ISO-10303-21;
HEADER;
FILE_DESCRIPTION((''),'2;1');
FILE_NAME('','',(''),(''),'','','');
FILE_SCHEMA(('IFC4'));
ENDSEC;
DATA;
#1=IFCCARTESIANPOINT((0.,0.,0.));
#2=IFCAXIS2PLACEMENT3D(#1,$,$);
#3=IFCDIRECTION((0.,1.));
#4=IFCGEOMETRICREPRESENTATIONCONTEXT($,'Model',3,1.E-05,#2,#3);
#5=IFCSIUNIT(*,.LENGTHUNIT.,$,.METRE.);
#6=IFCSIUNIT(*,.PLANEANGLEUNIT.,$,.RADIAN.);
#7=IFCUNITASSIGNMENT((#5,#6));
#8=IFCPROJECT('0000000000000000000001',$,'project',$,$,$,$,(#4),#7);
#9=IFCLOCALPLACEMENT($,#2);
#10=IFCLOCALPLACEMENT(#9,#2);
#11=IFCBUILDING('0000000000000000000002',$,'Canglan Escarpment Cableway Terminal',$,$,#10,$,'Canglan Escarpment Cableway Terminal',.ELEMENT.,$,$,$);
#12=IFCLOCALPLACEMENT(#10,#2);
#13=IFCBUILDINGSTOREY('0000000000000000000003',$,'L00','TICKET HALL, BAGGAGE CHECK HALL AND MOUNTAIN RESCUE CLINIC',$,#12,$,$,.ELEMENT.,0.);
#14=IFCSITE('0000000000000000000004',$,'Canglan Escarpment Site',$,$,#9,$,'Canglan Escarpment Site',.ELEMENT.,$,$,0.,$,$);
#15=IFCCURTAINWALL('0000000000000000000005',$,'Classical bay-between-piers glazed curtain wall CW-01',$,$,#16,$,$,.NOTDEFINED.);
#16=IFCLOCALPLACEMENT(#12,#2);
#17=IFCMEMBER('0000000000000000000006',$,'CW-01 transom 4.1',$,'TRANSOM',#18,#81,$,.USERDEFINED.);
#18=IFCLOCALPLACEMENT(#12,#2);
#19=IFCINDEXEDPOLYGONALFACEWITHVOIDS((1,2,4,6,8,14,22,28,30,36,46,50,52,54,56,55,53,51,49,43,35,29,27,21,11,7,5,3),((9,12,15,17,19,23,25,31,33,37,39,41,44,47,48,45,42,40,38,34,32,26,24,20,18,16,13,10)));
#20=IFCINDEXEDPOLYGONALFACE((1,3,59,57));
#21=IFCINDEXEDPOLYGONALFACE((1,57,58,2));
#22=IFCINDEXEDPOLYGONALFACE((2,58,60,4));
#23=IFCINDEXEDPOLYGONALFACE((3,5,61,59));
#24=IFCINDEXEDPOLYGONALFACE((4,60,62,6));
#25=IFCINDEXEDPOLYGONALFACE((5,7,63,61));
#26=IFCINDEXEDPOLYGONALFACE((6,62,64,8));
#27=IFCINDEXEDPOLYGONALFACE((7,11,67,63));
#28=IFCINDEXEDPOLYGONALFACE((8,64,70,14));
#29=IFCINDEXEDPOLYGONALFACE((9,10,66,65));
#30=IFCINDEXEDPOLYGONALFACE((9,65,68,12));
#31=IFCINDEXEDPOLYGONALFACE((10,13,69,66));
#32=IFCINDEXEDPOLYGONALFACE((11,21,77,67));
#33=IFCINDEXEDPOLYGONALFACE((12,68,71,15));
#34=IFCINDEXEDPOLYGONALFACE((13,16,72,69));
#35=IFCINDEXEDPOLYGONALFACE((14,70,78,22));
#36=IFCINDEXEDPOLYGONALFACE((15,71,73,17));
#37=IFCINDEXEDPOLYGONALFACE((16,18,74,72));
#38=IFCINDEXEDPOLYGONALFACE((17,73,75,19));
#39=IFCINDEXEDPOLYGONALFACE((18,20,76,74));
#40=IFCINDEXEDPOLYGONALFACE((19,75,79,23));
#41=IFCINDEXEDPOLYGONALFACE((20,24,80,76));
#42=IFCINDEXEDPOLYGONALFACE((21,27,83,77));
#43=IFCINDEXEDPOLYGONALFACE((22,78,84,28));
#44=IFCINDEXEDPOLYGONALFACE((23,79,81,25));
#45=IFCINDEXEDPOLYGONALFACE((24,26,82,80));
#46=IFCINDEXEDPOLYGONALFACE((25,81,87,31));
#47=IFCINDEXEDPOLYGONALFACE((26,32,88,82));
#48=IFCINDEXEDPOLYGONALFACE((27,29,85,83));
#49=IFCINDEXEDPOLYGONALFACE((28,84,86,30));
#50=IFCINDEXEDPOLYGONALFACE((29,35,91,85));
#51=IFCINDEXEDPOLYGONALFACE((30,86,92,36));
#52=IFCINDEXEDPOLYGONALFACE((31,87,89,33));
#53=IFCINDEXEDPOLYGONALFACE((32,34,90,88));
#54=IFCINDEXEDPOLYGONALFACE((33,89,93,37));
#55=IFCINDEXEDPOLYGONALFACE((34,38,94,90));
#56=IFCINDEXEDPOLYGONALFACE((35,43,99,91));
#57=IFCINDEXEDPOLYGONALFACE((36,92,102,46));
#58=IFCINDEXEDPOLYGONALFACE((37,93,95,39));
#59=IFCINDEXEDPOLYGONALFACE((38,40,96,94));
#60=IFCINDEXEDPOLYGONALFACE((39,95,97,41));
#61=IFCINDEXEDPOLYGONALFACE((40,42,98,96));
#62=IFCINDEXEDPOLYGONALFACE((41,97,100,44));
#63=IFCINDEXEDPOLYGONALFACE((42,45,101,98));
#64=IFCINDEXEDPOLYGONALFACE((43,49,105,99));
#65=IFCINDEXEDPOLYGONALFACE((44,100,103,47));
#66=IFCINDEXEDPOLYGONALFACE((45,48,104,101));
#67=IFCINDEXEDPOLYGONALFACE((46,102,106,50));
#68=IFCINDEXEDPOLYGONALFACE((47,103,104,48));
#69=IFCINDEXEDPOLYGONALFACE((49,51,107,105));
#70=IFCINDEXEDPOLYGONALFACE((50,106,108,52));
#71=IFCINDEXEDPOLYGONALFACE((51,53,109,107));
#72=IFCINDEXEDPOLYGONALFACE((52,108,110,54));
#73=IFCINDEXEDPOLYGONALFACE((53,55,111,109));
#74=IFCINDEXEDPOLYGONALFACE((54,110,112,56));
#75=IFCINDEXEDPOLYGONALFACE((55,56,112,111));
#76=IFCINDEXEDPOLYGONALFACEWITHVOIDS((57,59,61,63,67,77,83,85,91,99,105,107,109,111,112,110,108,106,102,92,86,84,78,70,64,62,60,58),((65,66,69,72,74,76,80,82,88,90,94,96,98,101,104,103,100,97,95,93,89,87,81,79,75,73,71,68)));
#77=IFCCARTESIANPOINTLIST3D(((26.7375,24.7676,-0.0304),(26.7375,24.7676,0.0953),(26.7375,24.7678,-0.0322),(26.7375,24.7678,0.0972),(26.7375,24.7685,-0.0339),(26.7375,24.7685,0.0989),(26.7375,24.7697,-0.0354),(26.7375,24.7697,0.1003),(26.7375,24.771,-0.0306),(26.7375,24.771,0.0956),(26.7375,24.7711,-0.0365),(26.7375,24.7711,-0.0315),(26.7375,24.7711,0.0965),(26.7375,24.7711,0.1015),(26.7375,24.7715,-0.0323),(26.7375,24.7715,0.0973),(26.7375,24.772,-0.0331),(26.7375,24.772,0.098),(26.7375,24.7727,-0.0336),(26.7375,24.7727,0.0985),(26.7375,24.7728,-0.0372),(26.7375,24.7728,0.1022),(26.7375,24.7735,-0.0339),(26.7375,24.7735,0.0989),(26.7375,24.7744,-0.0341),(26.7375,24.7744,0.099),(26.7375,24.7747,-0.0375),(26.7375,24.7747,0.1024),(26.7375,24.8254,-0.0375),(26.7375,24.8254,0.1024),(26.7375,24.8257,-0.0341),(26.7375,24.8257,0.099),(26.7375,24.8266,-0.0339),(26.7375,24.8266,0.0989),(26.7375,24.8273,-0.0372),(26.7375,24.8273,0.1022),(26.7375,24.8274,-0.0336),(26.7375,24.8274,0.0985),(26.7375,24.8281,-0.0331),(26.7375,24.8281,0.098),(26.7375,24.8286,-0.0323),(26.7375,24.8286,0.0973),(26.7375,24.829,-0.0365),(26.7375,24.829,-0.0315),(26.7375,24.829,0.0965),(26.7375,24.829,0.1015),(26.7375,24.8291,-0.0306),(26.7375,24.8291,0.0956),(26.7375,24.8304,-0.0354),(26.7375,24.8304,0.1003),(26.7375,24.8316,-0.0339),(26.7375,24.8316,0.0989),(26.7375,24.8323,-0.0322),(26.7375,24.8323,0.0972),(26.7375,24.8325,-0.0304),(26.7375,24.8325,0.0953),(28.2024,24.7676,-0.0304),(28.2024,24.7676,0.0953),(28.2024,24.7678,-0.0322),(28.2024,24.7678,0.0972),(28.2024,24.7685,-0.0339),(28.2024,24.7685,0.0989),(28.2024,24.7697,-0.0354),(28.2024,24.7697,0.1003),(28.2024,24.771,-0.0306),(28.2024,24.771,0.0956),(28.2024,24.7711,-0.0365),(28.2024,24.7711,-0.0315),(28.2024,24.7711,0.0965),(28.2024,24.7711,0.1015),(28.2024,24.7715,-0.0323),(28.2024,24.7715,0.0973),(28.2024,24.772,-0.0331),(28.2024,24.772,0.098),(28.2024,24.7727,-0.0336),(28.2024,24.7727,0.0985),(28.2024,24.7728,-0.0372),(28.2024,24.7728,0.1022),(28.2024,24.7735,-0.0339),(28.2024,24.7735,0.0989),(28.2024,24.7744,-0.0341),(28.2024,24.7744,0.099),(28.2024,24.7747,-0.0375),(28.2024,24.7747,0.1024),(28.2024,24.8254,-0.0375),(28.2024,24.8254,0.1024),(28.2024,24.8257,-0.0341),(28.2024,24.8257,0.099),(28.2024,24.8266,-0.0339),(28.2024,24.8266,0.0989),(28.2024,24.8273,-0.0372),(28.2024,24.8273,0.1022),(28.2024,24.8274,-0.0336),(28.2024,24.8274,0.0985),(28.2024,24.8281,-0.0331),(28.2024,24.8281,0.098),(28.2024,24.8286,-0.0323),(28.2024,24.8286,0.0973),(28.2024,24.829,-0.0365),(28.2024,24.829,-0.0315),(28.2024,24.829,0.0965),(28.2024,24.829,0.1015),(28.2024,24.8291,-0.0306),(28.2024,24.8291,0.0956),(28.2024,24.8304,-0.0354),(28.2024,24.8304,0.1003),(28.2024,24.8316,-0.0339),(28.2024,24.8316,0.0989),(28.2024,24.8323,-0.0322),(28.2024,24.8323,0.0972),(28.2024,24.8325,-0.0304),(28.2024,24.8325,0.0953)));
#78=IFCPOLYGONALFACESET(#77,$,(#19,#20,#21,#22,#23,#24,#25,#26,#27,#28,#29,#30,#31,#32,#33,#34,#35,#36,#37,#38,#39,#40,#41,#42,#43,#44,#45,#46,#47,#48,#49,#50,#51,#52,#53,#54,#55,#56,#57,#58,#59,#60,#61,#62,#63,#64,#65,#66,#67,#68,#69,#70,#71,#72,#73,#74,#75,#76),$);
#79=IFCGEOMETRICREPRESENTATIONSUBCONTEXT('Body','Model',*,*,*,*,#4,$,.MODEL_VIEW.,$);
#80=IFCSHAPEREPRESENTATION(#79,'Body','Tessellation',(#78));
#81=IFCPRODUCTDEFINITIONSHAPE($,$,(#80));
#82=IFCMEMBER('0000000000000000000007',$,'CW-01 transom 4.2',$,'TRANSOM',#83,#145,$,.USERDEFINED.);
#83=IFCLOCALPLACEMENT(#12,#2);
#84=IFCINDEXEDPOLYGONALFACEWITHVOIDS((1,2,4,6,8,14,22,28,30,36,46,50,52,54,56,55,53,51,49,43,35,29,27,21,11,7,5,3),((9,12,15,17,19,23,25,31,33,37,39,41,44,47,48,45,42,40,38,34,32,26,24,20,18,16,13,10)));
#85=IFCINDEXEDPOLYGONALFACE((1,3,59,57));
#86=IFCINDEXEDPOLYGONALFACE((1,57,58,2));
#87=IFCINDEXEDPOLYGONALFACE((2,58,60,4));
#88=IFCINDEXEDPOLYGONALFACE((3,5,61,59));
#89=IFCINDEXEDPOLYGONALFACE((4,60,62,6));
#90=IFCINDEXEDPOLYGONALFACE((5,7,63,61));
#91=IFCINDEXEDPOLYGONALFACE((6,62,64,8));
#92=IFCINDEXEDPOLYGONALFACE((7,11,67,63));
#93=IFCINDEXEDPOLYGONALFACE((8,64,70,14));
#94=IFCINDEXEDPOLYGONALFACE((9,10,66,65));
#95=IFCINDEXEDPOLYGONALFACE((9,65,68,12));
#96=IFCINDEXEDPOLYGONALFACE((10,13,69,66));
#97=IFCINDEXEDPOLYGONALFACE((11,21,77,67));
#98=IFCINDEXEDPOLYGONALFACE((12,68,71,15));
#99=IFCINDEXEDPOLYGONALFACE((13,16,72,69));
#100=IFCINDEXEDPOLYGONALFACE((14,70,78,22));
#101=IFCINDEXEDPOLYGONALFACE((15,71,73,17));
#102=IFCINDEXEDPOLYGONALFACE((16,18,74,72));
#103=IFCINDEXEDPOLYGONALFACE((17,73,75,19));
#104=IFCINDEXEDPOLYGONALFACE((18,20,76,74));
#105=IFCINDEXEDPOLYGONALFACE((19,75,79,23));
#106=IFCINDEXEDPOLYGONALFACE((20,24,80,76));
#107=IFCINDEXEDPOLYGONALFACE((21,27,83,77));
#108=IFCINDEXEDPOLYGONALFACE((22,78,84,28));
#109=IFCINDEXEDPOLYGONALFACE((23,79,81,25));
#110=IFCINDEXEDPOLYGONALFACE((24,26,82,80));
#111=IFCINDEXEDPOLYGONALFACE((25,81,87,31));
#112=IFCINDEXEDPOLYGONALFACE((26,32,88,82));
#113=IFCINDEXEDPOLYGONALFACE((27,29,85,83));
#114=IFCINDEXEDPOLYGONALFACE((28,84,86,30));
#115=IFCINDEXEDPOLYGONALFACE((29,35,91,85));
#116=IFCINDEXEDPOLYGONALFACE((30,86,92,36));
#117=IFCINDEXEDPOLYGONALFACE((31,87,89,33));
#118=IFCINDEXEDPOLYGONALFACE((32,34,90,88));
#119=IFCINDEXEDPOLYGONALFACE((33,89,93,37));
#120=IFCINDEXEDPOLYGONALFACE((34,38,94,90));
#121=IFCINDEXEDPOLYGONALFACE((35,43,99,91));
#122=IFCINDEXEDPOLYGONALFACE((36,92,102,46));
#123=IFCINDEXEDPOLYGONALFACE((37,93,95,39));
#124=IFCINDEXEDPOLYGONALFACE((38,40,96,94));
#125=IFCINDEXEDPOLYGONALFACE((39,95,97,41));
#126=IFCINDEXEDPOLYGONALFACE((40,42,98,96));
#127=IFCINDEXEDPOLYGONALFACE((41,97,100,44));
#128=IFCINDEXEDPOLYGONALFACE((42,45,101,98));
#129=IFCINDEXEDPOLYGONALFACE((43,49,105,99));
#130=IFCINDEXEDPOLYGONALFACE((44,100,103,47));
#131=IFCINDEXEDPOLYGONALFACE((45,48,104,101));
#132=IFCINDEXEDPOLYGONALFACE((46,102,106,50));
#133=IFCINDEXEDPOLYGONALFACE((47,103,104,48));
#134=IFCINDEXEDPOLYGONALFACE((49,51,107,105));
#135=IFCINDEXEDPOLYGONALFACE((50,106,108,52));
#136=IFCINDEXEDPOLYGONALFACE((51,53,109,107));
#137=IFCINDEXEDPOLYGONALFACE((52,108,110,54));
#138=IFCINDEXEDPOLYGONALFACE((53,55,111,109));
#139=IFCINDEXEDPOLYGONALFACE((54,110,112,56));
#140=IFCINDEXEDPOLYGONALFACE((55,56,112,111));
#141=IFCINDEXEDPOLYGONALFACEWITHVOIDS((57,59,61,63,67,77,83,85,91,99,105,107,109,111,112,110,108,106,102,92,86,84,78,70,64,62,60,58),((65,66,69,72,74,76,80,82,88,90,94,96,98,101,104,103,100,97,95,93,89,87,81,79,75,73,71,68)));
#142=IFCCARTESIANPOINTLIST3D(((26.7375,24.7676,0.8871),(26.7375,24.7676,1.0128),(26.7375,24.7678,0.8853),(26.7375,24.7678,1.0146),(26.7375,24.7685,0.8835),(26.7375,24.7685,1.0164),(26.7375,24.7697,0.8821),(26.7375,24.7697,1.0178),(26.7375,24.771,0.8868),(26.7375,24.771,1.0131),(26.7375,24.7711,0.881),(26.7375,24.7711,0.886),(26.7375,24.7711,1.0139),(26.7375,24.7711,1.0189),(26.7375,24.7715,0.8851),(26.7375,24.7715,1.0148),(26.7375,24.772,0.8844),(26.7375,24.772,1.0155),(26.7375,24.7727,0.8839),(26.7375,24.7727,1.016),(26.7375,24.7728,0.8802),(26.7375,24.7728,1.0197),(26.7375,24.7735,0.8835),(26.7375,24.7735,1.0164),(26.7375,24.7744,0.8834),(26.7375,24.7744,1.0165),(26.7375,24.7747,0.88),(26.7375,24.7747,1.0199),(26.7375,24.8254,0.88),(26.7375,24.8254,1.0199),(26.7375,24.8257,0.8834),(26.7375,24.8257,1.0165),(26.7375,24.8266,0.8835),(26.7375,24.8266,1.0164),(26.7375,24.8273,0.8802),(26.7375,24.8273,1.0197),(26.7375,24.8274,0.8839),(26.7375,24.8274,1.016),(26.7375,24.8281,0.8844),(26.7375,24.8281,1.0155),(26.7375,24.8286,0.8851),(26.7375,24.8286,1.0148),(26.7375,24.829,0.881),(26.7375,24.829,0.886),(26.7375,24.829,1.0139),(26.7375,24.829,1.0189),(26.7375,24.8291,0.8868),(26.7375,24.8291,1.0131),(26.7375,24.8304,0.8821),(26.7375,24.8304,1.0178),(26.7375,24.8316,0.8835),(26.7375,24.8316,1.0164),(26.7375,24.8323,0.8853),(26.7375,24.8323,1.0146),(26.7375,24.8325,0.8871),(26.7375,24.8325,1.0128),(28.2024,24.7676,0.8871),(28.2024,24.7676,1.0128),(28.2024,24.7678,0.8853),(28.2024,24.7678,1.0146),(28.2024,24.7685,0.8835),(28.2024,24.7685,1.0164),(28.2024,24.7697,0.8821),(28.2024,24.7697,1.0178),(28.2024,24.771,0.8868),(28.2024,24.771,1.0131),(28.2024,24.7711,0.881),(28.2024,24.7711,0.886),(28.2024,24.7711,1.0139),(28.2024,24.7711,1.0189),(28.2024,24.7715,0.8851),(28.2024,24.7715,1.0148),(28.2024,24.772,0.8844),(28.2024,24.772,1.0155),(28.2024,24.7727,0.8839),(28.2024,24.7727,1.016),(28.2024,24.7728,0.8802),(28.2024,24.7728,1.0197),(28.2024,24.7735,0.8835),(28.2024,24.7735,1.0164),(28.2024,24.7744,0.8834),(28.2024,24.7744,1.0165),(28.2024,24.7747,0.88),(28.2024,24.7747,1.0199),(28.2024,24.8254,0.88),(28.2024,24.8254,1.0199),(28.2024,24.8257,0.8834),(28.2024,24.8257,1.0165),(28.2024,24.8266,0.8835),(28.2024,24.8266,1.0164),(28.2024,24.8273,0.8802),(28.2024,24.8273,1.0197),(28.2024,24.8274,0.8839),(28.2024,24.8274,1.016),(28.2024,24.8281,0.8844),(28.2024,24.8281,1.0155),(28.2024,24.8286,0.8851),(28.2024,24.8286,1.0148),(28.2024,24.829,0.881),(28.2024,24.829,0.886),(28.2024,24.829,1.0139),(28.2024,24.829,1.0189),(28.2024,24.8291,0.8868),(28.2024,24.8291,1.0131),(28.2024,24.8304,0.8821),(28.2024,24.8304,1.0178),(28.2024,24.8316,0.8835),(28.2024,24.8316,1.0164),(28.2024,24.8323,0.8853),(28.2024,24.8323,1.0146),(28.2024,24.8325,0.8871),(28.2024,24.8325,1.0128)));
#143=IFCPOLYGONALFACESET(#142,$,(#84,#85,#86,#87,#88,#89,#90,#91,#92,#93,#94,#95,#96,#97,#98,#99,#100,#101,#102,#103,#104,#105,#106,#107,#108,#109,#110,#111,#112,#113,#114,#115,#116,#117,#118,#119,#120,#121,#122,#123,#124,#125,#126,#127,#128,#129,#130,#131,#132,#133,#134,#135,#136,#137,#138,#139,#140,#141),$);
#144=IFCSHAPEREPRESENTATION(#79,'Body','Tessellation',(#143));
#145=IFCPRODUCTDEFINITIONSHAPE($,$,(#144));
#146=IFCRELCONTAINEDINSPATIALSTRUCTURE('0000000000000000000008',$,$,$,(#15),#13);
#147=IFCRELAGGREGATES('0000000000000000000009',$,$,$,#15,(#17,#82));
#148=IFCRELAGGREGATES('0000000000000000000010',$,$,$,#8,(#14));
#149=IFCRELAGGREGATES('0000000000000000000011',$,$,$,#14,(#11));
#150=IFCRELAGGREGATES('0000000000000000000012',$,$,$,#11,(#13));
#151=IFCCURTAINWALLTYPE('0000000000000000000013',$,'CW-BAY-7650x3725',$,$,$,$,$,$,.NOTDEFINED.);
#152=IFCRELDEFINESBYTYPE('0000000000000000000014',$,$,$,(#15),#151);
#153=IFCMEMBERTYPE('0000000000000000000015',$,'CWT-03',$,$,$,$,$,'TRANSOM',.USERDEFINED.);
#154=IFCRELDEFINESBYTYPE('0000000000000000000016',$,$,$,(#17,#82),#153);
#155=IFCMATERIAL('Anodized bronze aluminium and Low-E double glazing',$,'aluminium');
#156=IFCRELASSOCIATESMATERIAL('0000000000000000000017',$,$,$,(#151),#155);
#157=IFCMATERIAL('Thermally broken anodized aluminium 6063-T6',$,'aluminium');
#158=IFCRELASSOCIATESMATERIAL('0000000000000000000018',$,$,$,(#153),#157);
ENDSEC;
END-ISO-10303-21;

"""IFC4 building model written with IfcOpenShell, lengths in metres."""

from ifc_helpers import new_model, si_unit, direction, frame, origin, origin_2d, place, context, subcontext, project, spatial, hollow_rectangle, extrude, material, material_profile, profile_set, type_object, element, aggregate, save


model = new_model("IFC4")

# Units and contexts
model_context = context("Model", 3, precision=1e-05, world=origin(), true_north=direction((0.0, 1.0)))
body_context = subcontext(model_context, "Body", "Model", "MODEL_VIEW")
ifc_project = project(units=[si_unit("LENGTHUNIT", "METRE"), si_unit("PLANEANGLEUNIT", "RADIAN")], contexts=[model_context])

# Site, building, storey
site_placement = place(None, origin())
site = spatial("IfcSite", under=ifc_project, at=site_placement, Name="Canglan Escarpment Site", LongName="Canglan Escarpment Site", CompositionType="ELEMENT", RefElevation=0.0)
building_placement = place(site_placement, origin())
building = spatial("IfcBuilding", under=site, at=building_placement, Name="Canglan Escarpment Cableway Terminal", LongName="Canglan Escarpment Cableway Terminal", CompositionType="ELEMENT")
storey_placement = place(building_placement, origin())
storey = spatial("IfcBuildingStorey", under=building, at=storey_placement, Name="L00", Description="TICKET HALL, BAGGAGE CHECK HALL AND MOUNTAIN RESCUE CLINIC", CompositionType="ELEMENT", Elevation=0.0)

# Curtain wall, members
ifc_material_1 = material(Name="Anodized bronze aluminium and Low-E double glazing", Category="aluminium")
curtain_wall_type = type_object("IfcCurtainWallType", Name="CW-BAY-7650x3725", PredefinedType="NOTDEFINED", material=ifc_material_1)
curtain_wall_placement = place(storey_placement, origin())
curtain_wall = element("IfcCurtainWall", 1, at=curtain_wall_placement, inside=storey, type_object=curtain_wall_type, Name="Classical bay-between-piers glazed curtain wall CW-01", PredefinedType="NOTDEFINED")
ifc_material_2 = material(Name="Thermally broken anodized aluminium 6063-T6", Category="aluminium")
ifc_material_profile_1 = material_profile(ifc_material_2, hollow_rectangle(XDim=0.0649, YDim=0.1399, WallThickness=0.0034, InnerFilletRadius=0.0034, OuterFilletRadius=0.0071, at=origin_2d()), Name="ALU-TRAN 65x140x3.5")
ifc_profile_set_1 = profile_set([ifc_material_profile_1], Name="Thermally broken anodized aluminium 6063-T6")
member_type_1 = type_object("IfcMemberType", Name="CWT-03", ElementType="TRANSOM", PredefinedType="USERDEFINED", material=ifc_profile_set_1)
member_1_placement = place(storey_placement, frame((28.2024, 24.8, 0.0325), z_axis=(-1.0, 0.0, 0.0), x_axis=(0.0, -1.0, 0.0)))
member_1 = element("IfcMember", 2, at=member_1_placement, type_object=member_type_1, Name="CW-01 transom 4.1", ObjectType="TRANSOM", PredefinedType="USERDEFINED", context=body_context, shape_type="SweptSolid", body=[
    extrude(hollow_rectangle(XDim=0.0649, YDim=0.1399, WallThickness=0.0034, InnerFilletRadius=0.0034, OuterFilletRadius=0.0071, at=origin_2d()), origin(), (0.0, 0.0, 1.0), 1.4648),
])
member_2_placement = place(storey_placement, frame((28.2024, 24.8, 0.95), z_axis=(-1.0, 0.0, 0.0), x_axis=(0.0, -1.0, 0.0)))
member_2 = element("IfcMember", 3, at=member_2_placement, type_object=member_type_1, Name="CW-01 transom 4.2", ObjectType="TRANSOM", PredefinedType="USERDEFINED", context=body_context, shape_type="SweptSolid", body=[
    extrude(hollow_rectangle(XDim=0.0649, YDim=0.1399, WallThickness=0.0034, InnerFilletRadius=0.0034, OuterFilletRadius=0.0071, at=origin_2d()), origin(), (0.0, 0.0, 1.0), 1.4648),
])
aggregate(curtain_wall, [member_1, member_2])

save(model, "model.ifc")
